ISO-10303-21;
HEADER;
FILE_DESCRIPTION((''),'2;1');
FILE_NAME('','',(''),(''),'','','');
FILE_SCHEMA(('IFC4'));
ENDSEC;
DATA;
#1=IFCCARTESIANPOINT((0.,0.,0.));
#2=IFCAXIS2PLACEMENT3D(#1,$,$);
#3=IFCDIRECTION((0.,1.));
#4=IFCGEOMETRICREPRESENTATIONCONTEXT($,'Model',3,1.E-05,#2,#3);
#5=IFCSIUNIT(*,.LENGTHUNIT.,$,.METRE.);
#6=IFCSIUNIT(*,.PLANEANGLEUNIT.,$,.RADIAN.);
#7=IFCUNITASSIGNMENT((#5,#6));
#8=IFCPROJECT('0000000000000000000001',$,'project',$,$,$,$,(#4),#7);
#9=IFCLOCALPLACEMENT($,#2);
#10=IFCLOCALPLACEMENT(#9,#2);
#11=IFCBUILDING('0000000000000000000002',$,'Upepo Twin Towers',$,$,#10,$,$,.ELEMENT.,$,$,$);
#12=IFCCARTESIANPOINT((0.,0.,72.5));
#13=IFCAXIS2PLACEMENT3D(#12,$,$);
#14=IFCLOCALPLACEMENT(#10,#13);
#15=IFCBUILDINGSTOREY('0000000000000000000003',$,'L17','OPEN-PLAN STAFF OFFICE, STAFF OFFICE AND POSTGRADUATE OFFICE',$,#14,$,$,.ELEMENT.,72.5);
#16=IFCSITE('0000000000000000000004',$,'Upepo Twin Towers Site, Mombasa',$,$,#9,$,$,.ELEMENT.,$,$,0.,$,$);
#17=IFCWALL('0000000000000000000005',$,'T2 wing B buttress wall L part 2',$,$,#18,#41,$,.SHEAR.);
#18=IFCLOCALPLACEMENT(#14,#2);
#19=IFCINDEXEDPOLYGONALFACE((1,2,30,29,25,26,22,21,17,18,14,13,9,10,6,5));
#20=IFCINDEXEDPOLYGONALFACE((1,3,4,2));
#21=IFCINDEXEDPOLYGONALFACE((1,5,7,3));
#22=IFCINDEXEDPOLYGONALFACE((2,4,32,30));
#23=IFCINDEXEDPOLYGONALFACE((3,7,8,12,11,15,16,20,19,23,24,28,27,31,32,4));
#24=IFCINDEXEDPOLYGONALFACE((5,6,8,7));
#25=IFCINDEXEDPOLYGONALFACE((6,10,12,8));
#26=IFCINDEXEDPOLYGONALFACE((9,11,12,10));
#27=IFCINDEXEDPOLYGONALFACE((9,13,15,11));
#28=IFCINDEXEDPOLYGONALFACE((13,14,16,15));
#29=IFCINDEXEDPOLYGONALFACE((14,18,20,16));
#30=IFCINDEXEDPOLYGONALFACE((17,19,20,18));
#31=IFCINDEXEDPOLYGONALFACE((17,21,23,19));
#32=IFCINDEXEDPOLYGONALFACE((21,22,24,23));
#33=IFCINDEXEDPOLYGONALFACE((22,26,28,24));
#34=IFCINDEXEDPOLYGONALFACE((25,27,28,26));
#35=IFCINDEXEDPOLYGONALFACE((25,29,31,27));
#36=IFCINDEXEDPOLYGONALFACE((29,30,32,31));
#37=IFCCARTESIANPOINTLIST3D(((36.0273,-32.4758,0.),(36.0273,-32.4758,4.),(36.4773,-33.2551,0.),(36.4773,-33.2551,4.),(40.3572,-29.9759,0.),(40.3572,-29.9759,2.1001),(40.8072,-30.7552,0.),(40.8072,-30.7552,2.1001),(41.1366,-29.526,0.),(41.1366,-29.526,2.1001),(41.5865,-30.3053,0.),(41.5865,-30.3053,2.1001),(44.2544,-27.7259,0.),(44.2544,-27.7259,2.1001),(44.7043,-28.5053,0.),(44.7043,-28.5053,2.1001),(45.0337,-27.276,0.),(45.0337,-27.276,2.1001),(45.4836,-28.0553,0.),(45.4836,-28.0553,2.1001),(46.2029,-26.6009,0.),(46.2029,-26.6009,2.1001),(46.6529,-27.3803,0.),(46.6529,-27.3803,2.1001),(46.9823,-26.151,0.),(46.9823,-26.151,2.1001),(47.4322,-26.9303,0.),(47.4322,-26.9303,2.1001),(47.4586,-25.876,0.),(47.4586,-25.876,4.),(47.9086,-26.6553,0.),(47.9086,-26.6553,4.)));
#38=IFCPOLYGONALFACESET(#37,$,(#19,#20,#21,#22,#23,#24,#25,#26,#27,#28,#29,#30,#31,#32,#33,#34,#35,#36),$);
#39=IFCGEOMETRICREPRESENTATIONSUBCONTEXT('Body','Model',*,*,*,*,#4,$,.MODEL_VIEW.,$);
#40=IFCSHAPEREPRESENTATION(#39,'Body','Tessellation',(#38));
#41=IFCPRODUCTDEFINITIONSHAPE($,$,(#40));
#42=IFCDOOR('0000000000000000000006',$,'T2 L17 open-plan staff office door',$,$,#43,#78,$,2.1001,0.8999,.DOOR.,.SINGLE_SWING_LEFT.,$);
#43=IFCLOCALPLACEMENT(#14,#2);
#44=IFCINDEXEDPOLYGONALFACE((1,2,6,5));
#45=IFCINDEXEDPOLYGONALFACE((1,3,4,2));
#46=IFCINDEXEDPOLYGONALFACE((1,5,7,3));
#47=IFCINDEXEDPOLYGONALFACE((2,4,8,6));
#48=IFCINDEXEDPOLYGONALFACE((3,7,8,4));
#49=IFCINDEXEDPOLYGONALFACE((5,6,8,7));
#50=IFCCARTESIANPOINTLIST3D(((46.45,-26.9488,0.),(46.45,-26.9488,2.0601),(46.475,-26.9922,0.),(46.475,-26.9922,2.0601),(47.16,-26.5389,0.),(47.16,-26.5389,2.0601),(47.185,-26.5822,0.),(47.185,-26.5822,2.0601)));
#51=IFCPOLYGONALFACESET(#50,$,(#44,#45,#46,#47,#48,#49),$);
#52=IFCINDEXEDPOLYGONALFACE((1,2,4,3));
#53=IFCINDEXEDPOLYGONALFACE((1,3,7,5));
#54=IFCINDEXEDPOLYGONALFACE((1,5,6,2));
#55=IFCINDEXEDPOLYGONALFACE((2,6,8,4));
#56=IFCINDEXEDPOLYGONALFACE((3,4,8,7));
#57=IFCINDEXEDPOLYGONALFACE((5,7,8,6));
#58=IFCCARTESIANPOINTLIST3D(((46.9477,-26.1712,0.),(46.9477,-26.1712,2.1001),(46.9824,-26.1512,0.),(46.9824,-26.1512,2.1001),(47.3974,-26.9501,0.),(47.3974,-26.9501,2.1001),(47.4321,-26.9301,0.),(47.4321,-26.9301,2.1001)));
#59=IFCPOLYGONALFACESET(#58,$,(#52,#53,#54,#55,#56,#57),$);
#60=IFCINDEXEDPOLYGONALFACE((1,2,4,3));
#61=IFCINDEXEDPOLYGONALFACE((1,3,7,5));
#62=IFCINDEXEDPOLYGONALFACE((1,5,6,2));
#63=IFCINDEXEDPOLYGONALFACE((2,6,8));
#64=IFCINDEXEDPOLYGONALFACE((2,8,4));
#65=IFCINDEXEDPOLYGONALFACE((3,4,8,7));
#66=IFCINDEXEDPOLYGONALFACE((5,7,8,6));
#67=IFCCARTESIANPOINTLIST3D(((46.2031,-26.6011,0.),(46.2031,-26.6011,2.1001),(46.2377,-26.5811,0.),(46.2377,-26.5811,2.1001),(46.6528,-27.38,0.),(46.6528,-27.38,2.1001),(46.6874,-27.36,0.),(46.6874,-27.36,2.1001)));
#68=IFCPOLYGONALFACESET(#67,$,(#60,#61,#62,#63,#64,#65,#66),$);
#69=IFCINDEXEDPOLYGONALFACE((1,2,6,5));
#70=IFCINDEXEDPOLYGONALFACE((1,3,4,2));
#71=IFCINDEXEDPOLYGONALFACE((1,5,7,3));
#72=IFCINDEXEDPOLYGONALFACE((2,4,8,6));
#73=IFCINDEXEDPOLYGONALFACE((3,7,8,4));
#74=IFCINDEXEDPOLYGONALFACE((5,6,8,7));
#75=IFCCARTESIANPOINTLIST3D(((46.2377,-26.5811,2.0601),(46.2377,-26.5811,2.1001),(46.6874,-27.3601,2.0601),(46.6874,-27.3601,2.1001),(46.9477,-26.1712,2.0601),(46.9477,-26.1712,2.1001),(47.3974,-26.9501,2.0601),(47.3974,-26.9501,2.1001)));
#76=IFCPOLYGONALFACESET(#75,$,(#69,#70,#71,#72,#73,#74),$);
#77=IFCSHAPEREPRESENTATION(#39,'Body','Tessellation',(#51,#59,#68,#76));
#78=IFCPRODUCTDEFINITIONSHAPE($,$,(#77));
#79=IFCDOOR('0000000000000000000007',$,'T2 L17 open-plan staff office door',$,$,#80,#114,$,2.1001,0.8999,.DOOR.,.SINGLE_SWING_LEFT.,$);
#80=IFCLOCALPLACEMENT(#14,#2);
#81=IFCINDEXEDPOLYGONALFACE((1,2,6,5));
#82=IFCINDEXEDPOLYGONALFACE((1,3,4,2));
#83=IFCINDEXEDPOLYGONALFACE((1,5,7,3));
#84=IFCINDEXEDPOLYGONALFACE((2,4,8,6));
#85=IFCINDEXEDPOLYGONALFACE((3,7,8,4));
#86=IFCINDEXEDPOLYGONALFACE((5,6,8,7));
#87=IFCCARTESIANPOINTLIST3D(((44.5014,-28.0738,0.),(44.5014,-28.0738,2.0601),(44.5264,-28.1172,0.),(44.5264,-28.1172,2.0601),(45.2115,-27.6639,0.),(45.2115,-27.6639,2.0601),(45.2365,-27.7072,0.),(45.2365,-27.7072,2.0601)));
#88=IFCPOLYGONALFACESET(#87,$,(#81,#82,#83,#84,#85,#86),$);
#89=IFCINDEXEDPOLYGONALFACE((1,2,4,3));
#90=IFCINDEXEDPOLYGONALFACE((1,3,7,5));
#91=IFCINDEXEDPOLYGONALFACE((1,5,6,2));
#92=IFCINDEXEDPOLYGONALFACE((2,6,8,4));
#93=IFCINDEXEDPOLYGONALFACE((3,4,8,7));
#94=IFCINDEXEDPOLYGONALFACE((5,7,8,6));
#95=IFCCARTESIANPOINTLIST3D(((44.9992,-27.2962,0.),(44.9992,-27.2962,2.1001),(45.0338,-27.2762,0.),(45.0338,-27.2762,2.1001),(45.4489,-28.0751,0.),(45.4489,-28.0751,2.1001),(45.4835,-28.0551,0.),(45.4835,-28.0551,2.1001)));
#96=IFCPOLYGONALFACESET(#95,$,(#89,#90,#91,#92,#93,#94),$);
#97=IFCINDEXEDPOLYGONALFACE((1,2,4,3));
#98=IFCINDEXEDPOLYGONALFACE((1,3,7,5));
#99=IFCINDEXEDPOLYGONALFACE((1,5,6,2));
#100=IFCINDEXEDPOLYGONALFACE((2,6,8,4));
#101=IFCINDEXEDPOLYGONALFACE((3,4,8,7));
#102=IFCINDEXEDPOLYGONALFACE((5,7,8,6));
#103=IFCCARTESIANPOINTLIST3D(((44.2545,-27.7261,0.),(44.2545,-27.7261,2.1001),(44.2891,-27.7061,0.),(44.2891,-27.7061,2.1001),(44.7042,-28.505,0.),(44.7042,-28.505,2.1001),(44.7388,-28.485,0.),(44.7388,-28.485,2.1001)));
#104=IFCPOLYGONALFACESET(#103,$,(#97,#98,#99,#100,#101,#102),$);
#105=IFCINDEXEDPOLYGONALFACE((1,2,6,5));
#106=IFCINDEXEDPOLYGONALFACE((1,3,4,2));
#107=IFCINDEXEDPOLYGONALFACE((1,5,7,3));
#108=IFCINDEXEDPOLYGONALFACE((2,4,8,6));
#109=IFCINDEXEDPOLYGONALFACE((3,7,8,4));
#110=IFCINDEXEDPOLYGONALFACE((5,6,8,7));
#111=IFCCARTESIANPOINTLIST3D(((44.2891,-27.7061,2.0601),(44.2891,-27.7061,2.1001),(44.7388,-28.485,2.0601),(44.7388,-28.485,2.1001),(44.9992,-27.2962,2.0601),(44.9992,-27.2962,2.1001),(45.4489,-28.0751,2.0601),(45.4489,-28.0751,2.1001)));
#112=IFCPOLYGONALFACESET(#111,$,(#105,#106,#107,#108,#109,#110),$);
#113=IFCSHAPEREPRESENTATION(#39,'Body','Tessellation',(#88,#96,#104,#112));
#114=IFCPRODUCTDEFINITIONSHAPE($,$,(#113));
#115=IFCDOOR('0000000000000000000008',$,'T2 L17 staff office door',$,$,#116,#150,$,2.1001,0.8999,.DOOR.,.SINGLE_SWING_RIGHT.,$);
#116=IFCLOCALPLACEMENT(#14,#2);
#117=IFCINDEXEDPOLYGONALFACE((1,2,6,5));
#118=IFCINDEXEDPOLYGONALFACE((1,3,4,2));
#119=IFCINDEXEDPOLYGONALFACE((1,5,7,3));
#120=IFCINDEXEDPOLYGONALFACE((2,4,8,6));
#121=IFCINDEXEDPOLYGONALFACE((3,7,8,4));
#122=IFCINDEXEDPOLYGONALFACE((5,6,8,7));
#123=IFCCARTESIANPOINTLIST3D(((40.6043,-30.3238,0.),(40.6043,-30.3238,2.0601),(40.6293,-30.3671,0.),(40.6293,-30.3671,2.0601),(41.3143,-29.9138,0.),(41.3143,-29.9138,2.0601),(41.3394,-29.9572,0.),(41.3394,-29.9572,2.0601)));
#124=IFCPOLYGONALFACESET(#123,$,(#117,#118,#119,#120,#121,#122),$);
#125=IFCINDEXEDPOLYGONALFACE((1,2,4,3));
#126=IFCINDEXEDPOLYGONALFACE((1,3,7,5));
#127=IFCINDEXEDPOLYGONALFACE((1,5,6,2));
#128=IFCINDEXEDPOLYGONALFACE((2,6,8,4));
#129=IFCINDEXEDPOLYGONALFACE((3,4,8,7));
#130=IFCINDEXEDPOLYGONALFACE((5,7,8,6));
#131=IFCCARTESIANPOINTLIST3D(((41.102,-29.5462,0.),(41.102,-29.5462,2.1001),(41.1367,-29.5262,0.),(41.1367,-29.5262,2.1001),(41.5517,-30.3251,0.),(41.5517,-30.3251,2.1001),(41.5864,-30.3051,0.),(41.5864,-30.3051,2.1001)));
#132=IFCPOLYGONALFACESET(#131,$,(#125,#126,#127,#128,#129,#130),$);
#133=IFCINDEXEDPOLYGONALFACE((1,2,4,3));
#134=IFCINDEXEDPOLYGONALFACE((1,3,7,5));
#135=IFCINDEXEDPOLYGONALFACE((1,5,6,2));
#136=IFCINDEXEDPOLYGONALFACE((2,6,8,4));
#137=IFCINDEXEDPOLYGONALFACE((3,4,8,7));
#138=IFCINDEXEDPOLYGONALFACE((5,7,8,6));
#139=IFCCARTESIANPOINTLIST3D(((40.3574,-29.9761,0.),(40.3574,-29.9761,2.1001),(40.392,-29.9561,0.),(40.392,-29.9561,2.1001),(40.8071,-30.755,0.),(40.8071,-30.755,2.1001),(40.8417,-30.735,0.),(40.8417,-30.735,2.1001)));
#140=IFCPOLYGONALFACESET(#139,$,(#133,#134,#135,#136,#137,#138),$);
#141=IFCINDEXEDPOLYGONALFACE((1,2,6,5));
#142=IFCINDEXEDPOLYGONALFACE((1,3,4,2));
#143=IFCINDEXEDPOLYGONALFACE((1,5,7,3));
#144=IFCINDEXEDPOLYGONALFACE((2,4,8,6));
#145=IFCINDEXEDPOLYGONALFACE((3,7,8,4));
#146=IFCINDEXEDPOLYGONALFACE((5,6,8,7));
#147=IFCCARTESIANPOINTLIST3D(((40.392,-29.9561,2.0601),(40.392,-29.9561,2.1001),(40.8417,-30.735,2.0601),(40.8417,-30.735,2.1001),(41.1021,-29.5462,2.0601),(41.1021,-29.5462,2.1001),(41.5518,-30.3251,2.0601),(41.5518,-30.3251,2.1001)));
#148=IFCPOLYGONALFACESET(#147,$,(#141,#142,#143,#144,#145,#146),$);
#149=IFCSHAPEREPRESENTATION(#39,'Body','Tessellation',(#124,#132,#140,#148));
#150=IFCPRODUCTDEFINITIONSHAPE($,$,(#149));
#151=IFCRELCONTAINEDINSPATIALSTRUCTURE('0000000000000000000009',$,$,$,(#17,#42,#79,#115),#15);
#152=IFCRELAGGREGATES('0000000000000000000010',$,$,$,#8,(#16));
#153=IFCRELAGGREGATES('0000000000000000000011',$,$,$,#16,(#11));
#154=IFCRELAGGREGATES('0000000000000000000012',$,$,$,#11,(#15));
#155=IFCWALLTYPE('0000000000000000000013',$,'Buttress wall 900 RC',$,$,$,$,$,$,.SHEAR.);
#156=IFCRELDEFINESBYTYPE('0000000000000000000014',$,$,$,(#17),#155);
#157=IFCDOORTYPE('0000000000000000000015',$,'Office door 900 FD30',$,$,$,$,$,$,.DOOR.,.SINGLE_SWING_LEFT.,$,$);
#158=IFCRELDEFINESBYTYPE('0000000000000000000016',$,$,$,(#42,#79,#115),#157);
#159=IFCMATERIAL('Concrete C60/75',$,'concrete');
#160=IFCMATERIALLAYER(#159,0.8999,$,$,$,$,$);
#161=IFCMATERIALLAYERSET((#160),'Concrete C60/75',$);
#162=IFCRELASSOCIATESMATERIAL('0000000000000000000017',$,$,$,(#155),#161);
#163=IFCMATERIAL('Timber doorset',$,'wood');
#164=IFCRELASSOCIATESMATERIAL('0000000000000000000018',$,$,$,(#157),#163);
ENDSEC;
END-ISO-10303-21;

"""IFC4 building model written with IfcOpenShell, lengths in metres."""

from ifc_helpers import new_model, si_unit, direction, frame, frame_2d, origin, place, context, subcontext, project, spatial, rectangle, extrude, material, layer, layer_set, type_object, element, fill, save


model = new_model("IFC4")

# Units and contexts
model_context = context("Model", 3, precision=1e-05, world=origin(), true_north=direction((0.0, 1.0)))
body_context = subcontext(model_context, "Body", "Model", "MODEL_VIEW")
ifc_project = project(units=[si_unit("LENGTHUNIT", "METRE"), si_unit("PLANEANGLEUNIT", "RADIAN")], contexts=[model_context])

# Site, building, storey
site_placement = place(None, origin())
site = spatial("IfcSite", under=ifc_project, at=site_placement, Name="Upepo Twin Towers Site, Mombasa", CompositionType="ELEMENT", RefElevation=0.0)
building_placement = place(site_placement, origin())
building = spatial("IfcBuilding", under=site, at=building_placement, Name="Upepo Twin Towers", CompositionType="ELEMENT")
storey_placement = place(building_placement, frame((0.0, 0.0, 72.5)))
storey = spatial("IfcBuildingStorey", under=building, at=storey_placement, Name="L17", Description="OPEN-PLAN STAFF OFFICE, STAFF OFFICE AND POSTGRADUATE OFFICE", CompositionType="ELEMENT", Elevation=72.5)

# Wall, openings, doors
ifc_material_1 = material(Name="Concrete C60/75", Category="concrete")
ifc_layer_1 = layer(ifc_material_1, 0.8999)
ifc_layer_set_1 = layer_set([ifc_layer_1], Name="Concrete C60/75")
wall_type_1 = type_object("IfcWallType", Name="Buttress wall 900 RC", PredefinedType="SHEAR", material=ifc_layer_set_1)
wall_1_placement = place(storey_placement, frame((47.6836, -26.2656, 0.0), z_axis=(0.0, 0.0, 1.0), x_axis=(-0.866028, -0.499996, 0.0)))
wall_1 = element("IfcWall", 1, at=wall_1_placement, inside=storey, type_object=wall_type_1, Name="T2 wing B buttress wall L part 2", PredefinedType="SHEAR", context=body_context, shape_type="SweptSolid", body=[
    extrude(rectangle(XDim=13.1997, YDim=0.8999, at=frame_2d((6.5999, 0.0))), origin(), (0.0, 0.0, 1.0), 4.0),
])
opening_1_placement = place(wall_1_placement, frame((0.55, 0.0, 0.0)))
opening_1 = element("IfcOpeningElement", 2, at=opening_1_placement, cuts=wall_1, PredefinedType="OPENING", context=body_context, shape_type="SweptSolid", body=[
    extrude(rectangle(XDim=0.8999, YDim=2.1001, at=frame_2d((0.45, 1.05))), frame((0.0, 0.46, 0.0), z_axis=(0.0, -1.0, 0.0), x_axis=(1.0, 0.0, 0.0)), (0.0, 0.0, 1.0), 0.9199),
])
opening_2_placement = place(wall_1_placement, frame((2.8, 0.0, 0.0)))
opening_2 = element("IfcOpeningElement", 3, at=opening_2_placement, cuts=wall_1, PredefinedType="OPENING", context=body_context, shape_type="SweptSolid", body=[
    extrude(rectangle(XDim=0.8999, YDim=2.1001, at=frame_2d((0.45, 1.05))), frame((0.0, 0.46, 0.0), z_axis=(0.0, -1.0, 0.0), x_axis=(1.0, 0.0, 0.0)), (0.0, 0.0, 1.0), 0.9199),
])
opening_3_placement = place(wall_1_placement, frame((7.3, 0.0, 0.0)))
opening_3 = element("IfcOpeningElement", 4, at=opening_3_placement, cuts=wall_1, PredefinedType="OPENING", context=body_context, shape_type="SweptSolid", body=[
    extrude(rectangle(XDim=0.8999, YDim=2.1001, at=frame_2d((0.45, 1.05))), frame((0.0, 0.46, 0.0), z_axis=(0.0, -1.0, 0.0), x_axis=(1.0, 0.0, 0.0)), (0.0, 0.0, 1.0), 0.9199),
])
ifc_material_2 = material(Name="Timber doorset", Category="wood")
door_type = type_object("IfcDoorType", Name="Office door 900 FD30", OperationType="SINGLE_SWING_LEFT", PredefinedType="DOOR", material=ifc_material_2)
door_1_placement = place(opening_1_placement, origin())
door_1 = element("IfcDoor", 5, at=door_1_placement, inside=storey, type_object=door_type, Name="T2 L17 open-plan staff office door", OperationType="SINGLE_SWING_LEFT", OverallHeight=2.1001, OverallWidth=0.8999, PredefinedType="DOOR", context=body_context, shape_type="SweptSolid", body=[
    extrude(rectangle(XDim=0.8199, YDim=2.0601, at=frame_2d((0.45, 1.03))), frame((0.0, 0.0249, 0.0), z_axis=(0.0, -1.0, 0.0), x_axis=(1.0, 0.0, 0.0)), (0.0, 0.0, 1.0), 0.05),
    extrude(rectangle(XDim=0.04, YDim=2.1001, at=frame_2d((0.02, 1.05))), frame((0.0, 0.4497, 0.0), z_axis=(0.0, -1.0, 0.0), x_axis=(1.0, 0.0, 0.0)), (0.0, 0.0, 1.0), 0.8994),
    extrude(rectangle(XDim=0.04, YDim=2.1001, at=frame_2d((0.8799, 1.05))), frame((0.0, 0.4497, 0.0), z_axis=(0.0, -1.0, 0.0), x_axis=(1.0, 0.0, 0.0)), (0.0, 0.0, 1.0), 0.8994),
    extrude(rectangle(XDim=0.8199, YDim=0.04, at=frame_2d((0.45, 2.0801))), frame((0.0, 0.4497, 0.0), z_axis=(0.0, -1.0, 0.0), x_axis=(1.0, 0.0, 0.0)), (0.0, 0.0, 1.0), 0.8994),
])
fill(opening_1, door_1)
door_2_placement = place(opening_2_placement, origin())
door_2 = element("IfcDoor", 6, at=door_2_placement, inside=storey, type_object=door_type, Name="T2 L17 open-plan staff office door", OperationType="SINGLE_SWING_LEFT", OverallHeight=2.1001, OverallWidth=0.8999, PredefinedType="DOOR", context=body_context, shape_type="SweptSolid", body=[
    extrude(rectangle(XDim=0.8199, YDim=2.0601, at=frame_2d((0.45, 1.03))), frame((0.0, 0.0249, 0.0), z_axis=(0.0, -1.0, 0.0), x_axis=(1.0, 0.0, 0.0)), (0.0, 0.0, 1.0), 0.05),
    extrude(rectangle(XDim=0.04, YDim=2.1001, at=frame_2d((0.02, 1.05))), frame((0.0, 0.4497, 0.0), z_axis=(0.0, -1.0, 0.0), x_axis=(1.0, 0.0, 0.0)), (0.0, 0.0, 1.0), 0.8994),
    extrude(rectangle(XDim=0.04, YDim=2.1001, at=frame_2d((0.8799, 1.05))), frame((0.0, 0.4497, 0.0), z_axis=(0.0, -1.0, 0.0), x_axis=(1.0, 0.0, 0.0)), (0.0, 0.0, 1.0), 0.8994),
    extrude(rectangle(XDim=0.8199, YDim=0.04, at=frame_2d((0.45, 2.0801))), frame((0.0, 0.4497, 0.0), z_axis=(0.0, -1.0, 0.0), x_axis=(1.0, 0.0, 0.0)), (0.0, 0.0, 1.0), 0.8994),
])
fill(opening_2, door_2)
door_3_placement = place(opening_3_placement, origin())
door_3 = element("IfcDoor", 7, at=door_3_placement, inside=storey, type_object=door_type, Name="T2 L17 staff office door", OperationType="SINGLE_SWING_RIGHT", OverallHeight=2.1001, OverallWidth=0.8999, PredefinedType="DOOR", context=body_context, shape_type="SweptSolid", body=[
    extrude(rectangle(XDim=0.8199, YDim=2.0601, at=frame_2d((0.45, 1.03))), frame((0.0, 0.0249, 0.0), z_axis=(0.0, -1.0, 0.0), x_axis=(1.0, 0.0, 0.0)), (0.0, 0.0, 1.0), 0.05),
    extrude(rectangle(XDim=0.04, YDim=2.1001, at=frame_2d((0.02, 1.05))), frame((0.0, 0.4497, 0.0), z_axis=(0.0, -1.0, 0.0), x_axis=(1.0, 0.0, 0.0)), (0.0, 0.0, 1.0), 0.8994),
    extrude(rectangle(XDim=0.04, YDim=2.1001, at=frame_2d((0.8799, 1.05))), frame((0.0, 0.4497, 0.0), z_axis=(0.0, -1.0, 0.0), x_axis=(1.0, 0.0, 0.0)), (0.0, 0.0, 1.0), 0.8994),
    extrude(rectangle(XDim=0.8199, YDim=0.04, at=frame_2d((0.45, 2.0801))), frame((0.0, 0.4497, 0.0), z_axis=(0.0, -1.0, 0.0), x_axis=(1.0, 0.0, 0.0)), (0.0, 0.0, 1.0), 0.8994),
])
fill(opening_3, door_3)

save(model, "model.ifc")
